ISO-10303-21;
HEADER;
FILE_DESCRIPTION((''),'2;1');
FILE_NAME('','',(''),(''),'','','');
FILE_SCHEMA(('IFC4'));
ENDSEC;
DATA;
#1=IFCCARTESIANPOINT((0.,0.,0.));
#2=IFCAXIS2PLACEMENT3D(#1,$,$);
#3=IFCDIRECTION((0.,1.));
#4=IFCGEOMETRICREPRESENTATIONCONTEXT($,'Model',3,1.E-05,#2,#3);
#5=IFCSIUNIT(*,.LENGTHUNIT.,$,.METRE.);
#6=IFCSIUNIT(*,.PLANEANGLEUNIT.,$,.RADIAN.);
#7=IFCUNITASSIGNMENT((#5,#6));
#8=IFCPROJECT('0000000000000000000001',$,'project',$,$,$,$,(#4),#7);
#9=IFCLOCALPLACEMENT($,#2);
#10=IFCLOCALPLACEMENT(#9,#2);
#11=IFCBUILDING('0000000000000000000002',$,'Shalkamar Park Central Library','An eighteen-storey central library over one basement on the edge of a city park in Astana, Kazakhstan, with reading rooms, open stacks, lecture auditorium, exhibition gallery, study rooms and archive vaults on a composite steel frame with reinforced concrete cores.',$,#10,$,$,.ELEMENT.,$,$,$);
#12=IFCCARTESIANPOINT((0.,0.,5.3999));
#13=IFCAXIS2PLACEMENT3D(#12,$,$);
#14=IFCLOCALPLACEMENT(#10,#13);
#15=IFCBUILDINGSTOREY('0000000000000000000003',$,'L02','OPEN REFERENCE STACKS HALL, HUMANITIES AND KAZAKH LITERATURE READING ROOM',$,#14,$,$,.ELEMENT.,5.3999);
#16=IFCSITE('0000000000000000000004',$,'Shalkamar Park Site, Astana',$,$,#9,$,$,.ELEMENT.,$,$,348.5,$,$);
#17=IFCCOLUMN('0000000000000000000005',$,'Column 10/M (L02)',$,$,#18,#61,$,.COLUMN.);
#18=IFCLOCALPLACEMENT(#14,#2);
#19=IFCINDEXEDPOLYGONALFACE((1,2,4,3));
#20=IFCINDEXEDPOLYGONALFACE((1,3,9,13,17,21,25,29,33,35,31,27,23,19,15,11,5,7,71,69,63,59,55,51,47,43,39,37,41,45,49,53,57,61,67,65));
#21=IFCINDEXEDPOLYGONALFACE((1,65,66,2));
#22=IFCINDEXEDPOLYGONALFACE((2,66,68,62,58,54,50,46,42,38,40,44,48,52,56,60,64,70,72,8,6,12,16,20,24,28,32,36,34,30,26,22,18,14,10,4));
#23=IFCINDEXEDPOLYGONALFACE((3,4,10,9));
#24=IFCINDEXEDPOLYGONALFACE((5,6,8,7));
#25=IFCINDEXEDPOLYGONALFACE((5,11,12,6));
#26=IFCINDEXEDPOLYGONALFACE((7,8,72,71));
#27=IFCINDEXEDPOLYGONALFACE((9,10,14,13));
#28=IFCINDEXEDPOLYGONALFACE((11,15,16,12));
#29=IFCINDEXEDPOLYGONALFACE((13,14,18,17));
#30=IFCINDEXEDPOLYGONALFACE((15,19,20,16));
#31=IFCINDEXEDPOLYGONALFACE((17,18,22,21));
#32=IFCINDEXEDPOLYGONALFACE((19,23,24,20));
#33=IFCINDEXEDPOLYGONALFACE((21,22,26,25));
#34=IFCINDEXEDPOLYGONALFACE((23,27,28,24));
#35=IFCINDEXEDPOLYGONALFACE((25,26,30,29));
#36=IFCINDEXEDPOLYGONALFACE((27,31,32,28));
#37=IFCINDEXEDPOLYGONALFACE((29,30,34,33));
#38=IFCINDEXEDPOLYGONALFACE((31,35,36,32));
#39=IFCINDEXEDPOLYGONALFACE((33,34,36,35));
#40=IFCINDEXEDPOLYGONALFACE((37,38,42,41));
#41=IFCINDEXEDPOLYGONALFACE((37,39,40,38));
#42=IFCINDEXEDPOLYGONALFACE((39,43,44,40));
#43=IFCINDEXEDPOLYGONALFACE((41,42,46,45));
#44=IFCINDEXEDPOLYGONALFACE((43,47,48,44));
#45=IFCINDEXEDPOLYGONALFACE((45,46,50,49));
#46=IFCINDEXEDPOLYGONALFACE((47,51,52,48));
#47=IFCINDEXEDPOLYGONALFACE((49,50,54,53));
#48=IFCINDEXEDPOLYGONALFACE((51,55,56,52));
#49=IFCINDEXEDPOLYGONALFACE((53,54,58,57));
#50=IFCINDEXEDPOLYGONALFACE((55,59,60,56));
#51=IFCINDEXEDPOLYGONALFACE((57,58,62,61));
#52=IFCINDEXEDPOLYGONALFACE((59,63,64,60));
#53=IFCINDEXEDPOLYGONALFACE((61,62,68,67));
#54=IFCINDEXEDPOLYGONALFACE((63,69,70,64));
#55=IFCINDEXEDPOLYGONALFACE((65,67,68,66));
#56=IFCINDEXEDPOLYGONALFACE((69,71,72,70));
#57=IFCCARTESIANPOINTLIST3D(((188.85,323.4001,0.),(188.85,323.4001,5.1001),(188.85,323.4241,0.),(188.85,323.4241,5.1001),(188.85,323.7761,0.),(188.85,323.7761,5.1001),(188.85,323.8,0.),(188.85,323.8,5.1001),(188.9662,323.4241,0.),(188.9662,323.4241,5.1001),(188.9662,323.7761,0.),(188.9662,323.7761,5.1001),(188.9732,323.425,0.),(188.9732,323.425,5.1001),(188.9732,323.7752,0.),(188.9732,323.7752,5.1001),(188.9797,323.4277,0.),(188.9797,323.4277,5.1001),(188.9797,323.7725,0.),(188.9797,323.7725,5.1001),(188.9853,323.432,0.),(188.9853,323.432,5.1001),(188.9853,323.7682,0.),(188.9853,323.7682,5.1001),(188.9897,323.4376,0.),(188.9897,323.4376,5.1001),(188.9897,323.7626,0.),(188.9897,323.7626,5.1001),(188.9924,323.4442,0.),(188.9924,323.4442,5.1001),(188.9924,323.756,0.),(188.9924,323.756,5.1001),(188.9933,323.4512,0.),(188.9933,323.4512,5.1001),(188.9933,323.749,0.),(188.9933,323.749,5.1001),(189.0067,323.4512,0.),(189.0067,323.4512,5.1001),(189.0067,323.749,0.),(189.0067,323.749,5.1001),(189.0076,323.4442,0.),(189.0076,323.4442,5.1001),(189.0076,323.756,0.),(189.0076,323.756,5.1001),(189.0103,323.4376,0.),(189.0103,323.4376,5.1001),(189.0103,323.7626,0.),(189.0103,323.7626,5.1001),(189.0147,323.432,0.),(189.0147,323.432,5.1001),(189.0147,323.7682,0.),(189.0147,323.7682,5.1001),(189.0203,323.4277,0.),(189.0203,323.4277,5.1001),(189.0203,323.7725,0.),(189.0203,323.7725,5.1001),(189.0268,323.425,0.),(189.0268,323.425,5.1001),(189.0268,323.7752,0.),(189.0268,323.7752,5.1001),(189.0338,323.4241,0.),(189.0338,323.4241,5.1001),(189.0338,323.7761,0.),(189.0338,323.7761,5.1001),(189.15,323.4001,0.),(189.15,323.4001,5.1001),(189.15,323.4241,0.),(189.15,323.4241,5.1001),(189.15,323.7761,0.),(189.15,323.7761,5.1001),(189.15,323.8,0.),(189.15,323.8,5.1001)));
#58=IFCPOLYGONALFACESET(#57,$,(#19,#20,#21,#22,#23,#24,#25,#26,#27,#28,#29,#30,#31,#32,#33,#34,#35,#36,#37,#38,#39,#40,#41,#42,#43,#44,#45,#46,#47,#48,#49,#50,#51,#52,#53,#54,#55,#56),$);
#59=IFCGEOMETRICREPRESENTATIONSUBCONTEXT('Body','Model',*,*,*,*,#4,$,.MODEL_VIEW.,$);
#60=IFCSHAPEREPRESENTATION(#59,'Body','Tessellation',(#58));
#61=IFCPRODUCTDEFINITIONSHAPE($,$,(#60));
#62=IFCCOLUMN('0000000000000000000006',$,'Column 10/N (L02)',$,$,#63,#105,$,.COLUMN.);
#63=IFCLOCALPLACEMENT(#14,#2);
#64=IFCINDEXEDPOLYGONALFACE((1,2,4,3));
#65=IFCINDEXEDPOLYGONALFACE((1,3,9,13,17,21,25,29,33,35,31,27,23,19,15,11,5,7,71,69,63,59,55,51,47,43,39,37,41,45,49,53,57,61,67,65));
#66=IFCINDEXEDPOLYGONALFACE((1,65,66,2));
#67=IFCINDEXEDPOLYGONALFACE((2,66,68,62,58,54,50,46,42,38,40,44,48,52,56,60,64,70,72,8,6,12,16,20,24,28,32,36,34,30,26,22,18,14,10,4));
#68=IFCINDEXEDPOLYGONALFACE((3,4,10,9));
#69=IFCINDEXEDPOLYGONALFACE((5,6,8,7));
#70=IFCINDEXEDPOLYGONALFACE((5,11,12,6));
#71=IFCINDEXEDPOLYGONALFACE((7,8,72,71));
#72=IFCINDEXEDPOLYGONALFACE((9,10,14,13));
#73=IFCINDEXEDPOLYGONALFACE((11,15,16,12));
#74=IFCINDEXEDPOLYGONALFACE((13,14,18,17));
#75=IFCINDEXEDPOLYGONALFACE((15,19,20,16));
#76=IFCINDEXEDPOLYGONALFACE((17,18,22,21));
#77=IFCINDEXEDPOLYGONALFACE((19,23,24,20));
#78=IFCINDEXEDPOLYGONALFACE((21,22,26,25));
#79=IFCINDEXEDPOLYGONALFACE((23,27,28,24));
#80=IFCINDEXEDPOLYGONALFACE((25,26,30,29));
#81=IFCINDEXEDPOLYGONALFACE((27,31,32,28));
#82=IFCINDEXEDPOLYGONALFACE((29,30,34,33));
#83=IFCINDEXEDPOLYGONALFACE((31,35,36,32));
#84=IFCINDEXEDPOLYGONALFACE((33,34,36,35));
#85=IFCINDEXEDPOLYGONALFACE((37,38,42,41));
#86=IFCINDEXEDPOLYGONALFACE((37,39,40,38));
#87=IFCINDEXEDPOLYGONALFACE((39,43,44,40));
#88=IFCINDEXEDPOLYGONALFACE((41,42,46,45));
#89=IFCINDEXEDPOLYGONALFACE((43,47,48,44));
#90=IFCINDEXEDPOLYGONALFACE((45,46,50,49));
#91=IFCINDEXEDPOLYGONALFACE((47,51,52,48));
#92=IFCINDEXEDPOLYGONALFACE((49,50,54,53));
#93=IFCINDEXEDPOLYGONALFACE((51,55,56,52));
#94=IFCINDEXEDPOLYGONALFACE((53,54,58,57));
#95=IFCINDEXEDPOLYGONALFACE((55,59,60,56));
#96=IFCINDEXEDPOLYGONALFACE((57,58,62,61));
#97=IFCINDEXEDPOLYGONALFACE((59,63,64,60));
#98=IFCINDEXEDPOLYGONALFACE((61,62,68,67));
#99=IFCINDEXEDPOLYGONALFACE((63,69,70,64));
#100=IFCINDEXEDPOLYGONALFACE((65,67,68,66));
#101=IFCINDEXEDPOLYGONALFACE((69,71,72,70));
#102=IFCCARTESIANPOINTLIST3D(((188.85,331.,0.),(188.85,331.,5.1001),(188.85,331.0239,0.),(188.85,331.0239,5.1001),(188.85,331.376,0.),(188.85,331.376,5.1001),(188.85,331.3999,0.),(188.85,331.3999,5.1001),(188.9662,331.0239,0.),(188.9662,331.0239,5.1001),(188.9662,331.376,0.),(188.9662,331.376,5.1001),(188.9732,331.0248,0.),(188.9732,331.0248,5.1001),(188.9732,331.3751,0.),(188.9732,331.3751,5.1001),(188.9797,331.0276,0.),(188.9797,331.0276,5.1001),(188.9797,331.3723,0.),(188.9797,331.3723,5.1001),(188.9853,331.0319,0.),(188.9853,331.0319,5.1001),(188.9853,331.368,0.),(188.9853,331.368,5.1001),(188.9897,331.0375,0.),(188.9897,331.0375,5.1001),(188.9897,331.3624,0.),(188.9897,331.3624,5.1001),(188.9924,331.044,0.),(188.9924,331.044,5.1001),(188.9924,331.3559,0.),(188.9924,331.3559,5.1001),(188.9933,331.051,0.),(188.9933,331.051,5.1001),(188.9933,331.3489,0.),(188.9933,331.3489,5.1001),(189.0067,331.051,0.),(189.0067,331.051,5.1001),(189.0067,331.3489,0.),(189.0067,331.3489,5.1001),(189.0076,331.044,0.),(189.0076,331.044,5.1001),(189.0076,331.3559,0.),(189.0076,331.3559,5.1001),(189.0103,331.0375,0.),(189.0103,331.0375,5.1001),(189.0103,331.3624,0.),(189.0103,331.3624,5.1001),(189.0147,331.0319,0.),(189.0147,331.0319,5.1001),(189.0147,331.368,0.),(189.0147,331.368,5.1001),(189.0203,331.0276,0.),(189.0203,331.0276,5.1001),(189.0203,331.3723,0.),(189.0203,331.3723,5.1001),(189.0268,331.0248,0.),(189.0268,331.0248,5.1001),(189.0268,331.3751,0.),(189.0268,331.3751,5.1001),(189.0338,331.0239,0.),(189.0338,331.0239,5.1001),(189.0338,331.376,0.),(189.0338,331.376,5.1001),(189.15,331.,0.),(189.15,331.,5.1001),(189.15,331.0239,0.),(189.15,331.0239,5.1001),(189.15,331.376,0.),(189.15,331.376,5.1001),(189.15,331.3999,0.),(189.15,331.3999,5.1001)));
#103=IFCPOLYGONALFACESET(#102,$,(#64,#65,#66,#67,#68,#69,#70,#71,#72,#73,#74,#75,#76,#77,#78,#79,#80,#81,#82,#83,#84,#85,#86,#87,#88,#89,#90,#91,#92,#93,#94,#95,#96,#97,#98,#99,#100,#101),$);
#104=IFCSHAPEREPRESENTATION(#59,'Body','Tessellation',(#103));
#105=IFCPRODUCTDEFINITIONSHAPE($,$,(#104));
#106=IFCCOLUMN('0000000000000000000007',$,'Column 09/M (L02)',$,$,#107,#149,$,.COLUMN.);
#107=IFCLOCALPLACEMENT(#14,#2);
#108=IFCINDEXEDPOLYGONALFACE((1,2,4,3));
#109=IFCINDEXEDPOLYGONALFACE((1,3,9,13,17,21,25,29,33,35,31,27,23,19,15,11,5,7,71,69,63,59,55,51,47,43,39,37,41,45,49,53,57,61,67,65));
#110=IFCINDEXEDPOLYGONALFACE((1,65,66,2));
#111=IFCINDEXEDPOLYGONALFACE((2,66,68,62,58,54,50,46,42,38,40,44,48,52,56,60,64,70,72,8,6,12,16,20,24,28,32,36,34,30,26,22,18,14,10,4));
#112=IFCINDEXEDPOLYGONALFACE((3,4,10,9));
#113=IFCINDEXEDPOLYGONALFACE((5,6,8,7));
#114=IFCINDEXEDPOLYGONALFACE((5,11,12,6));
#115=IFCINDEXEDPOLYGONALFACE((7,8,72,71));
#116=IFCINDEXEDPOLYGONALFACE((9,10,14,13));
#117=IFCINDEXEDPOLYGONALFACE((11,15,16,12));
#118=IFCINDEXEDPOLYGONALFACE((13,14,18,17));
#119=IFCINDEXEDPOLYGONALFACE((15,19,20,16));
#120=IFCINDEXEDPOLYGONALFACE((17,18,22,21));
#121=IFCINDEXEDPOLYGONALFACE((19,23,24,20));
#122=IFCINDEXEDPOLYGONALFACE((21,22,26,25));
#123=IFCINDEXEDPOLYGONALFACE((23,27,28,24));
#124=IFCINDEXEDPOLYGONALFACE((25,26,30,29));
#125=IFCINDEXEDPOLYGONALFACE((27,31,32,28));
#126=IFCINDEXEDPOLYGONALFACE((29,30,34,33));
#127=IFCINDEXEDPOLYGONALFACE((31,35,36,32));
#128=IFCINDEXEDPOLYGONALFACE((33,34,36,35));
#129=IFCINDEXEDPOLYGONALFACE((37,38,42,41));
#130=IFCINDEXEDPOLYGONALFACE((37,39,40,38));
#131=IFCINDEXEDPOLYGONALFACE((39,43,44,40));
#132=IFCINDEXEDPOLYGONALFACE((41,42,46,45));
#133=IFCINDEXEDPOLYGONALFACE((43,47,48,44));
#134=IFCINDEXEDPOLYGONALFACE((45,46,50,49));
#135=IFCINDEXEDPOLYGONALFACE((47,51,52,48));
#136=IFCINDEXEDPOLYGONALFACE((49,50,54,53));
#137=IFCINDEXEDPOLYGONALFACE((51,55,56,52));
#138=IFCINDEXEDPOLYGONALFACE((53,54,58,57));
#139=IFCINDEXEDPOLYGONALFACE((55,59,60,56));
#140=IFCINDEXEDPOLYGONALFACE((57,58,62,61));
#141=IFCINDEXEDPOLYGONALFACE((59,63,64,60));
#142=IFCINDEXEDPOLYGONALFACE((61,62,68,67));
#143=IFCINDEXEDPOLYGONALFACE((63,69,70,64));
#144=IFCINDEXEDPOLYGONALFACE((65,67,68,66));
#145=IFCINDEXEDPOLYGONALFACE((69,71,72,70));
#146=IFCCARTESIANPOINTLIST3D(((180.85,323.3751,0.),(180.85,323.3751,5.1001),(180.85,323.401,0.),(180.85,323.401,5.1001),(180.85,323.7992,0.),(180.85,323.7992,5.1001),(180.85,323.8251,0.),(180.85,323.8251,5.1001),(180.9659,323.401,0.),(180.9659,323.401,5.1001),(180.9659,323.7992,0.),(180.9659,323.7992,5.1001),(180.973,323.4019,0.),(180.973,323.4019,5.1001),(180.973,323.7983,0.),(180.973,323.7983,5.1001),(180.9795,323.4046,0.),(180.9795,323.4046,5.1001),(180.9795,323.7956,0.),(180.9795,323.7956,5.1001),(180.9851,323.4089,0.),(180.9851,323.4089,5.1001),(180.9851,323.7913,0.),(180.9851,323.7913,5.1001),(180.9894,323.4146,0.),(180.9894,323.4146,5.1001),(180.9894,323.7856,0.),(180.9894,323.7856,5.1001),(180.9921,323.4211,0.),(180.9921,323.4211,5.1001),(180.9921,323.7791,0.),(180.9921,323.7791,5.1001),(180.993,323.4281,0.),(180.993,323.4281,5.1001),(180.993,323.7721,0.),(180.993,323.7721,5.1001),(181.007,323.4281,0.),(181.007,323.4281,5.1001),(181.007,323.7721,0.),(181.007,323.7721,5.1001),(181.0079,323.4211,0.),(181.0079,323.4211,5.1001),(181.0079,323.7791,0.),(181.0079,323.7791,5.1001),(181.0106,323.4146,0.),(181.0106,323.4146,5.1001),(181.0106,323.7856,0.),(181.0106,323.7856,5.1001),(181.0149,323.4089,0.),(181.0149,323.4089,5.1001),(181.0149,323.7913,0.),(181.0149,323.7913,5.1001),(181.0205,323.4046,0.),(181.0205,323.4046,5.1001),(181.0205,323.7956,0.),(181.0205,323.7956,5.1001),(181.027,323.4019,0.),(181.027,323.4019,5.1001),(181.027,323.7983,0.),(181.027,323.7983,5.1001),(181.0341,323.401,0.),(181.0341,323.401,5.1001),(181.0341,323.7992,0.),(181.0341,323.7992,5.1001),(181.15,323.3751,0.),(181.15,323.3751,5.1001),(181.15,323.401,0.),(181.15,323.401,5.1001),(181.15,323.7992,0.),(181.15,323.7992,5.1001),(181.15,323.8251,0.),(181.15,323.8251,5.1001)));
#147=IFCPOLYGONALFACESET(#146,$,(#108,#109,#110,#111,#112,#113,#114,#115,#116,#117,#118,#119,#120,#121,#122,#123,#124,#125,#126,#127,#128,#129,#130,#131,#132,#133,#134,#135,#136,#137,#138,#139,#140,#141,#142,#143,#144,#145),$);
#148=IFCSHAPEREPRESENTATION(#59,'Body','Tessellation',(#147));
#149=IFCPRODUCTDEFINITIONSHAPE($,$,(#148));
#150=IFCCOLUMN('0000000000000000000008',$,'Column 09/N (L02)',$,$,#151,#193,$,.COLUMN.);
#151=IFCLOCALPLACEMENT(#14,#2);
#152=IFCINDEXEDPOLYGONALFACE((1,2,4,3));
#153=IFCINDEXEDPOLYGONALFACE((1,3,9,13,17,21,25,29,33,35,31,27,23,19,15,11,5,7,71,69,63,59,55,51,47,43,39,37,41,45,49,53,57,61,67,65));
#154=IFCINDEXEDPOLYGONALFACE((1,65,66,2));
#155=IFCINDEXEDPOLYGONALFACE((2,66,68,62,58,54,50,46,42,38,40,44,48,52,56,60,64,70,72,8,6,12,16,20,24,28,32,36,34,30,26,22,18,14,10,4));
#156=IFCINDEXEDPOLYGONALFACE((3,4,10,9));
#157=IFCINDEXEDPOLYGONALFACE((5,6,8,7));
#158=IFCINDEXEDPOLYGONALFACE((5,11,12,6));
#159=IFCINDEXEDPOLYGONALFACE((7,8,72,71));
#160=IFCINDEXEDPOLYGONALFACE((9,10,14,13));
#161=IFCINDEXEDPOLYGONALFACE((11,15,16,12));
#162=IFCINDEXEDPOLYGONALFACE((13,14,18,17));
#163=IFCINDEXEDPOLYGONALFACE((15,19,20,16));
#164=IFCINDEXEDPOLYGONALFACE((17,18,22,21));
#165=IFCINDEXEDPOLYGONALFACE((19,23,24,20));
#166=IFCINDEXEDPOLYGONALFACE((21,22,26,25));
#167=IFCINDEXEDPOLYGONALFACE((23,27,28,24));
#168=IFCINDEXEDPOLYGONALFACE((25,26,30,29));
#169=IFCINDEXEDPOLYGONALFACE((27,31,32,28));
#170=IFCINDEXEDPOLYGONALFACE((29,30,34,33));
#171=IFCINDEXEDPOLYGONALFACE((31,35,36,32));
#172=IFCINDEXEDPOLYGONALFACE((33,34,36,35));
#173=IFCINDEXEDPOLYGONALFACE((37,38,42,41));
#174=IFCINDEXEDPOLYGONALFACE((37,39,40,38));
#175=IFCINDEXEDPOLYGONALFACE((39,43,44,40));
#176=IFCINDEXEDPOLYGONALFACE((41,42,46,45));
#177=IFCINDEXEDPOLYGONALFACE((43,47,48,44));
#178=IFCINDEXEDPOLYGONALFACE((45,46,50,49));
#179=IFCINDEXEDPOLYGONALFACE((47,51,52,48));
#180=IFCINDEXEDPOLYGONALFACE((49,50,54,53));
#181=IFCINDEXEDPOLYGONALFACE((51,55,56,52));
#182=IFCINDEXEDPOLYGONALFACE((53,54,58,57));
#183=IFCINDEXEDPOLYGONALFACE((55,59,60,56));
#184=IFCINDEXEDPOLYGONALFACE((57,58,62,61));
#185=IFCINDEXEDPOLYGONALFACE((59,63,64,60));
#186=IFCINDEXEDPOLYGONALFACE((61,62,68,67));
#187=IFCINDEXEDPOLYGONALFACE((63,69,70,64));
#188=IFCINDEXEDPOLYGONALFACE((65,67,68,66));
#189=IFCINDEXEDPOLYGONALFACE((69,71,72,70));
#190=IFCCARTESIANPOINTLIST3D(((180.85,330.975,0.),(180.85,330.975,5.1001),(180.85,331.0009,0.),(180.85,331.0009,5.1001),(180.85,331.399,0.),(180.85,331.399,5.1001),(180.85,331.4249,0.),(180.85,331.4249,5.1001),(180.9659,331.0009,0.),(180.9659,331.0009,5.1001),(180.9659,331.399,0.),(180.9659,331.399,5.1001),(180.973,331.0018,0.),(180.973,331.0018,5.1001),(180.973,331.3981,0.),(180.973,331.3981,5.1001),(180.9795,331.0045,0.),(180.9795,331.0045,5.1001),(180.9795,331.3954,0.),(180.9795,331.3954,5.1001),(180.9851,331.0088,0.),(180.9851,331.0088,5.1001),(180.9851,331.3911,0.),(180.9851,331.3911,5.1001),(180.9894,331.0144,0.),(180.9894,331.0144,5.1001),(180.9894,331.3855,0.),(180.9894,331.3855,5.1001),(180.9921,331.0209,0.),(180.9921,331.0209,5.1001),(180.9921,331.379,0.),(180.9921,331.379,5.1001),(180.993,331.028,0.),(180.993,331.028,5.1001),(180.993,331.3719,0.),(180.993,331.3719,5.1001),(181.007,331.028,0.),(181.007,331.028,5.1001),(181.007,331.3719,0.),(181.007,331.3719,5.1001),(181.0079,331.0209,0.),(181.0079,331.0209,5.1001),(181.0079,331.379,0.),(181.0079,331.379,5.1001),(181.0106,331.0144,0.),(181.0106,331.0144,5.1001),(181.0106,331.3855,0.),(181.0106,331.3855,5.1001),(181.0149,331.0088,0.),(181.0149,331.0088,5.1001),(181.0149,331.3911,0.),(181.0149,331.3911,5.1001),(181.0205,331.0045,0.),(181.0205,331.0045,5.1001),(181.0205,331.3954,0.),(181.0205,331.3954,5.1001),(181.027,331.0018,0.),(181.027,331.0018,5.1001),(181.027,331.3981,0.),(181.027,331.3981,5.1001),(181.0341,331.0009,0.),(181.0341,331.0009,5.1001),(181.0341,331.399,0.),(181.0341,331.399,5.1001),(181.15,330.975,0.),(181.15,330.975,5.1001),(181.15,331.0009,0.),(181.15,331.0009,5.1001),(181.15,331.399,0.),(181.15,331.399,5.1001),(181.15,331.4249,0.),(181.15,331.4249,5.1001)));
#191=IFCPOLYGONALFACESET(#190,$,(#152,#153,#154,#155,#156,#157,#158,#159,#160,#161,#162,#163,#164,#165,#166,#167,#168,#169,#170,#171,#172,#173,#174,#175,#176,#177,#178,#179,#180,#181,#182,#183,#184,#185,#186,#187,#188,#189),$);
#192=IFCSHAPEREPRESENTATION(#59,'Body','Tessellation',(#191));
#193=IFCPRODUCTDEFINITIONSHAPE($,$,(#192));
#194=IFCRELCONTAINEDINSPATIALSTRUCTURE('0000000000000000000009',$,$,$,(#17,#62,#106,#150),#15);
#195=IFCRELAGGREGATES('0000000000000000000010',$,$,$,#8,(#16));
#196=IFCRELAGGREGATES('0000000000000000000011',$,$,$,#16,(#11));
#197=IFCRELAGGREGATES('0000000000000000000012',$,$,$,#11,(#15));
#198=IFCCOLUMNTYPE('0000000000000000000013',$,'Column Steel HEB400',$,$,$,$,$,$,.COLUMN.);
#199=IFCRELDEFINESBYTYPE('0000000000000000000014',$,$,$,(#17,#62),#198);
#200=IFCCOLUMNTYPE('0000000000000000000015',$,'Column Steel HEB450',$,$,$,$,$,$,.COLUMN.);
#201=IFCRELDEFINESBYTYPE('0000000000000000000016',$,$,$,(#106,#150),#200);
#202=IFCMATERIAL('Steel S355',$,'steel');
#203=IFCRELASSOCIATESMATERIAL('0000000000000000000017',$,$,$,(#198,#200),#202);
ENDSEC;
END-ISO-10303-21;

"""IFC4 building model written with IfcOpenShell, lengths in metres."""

from ifc_helpers import new_model, si_unit, direction, frame, origin, origin_2d, place, context, subcontext, project, spatial, i_section, extrude, material, material_profile, profile_set, type_object, element, save


model = new_model("IFC4")

# Units and contexts
model_context = context("Model", 3, precision=1e-05, world=origin(), true_north=direction((0.0, 1.0)))
body_context = subcontext(model_context, "Body", "Model", "MODEL_VIEW")
ifc_project = project(units=[si_unit("LENGTHUNIT", "METRE"), si_unit("PLANEANGLEUNIT", "RADIAN")], contexts=[model_context])

# Site, building, storey
site_placement = place(None, origin())
site = spatial("IfcSite", under=ifc_project, at=site_placement, Name="Shalkamar Park Site, Astana", CompositionType="ELEMENT", RefElevation=348.5)
building_placement = place(site_placement, origin())
building = spatial("IfcBuilding", under=site, at=building_placement, Name="Shalkamar Park Central Library", Description="An eighteen-storey central library over one basement on the edge of a city park in Astana, Kazakhstan, with reading rooms, open stacks, lecture auditorium, exhibition gallery, study rooms and archive vaults on a composite steel frame with reinforced concrete cores.", CompositionType="ELEMENT")
storey_placement = place(building_placement, frame((0.0, 0.0, 5.3999)))
storey = spatial("IfcBuildingStorey", under=building, at=storey_placement, Name="L02", Description="OPEN REFERENCE STACKS HALL, HUMANITIES AND KAZAKH LITERATURE READING ROOM", CompositionType="ELEMENT", Elevation=5.3999)

# Columns
ifc_material_1 = material(Name="Steel S355", Category="steel")
ifc_material_profile_1 = material_profile(ifc_material_1, i_section(OverallWidth=0.3, OverallDepth=0.3999, WebThickness=0.0134, FlangeThickness=0.0239, FilletRadius=0.0271, at=origin_2d()), Name="HEB 400")
ifc_profile_set_1 = profile_set([ifc_material_profile_1], Name="Steel S355")
column_type_1 = type_object("IfcColumnType", Name="Column Steel HEB400", PredefinedType="COLUMN", material=ifc_profile_set_1)
for number, where, z_axis, x_axis, name in (
    (1, (189.0, 323.6001, 0.0), (0.0, 0.0, 1.0), (1.0, 0.0, 0.0), "Column 10/M (L02)"),
    (2, (189.0, 331.2, 0.0), (0.0, 0.0, 1.0), (1.0, 0.0, 0.0), "Column 10/N (L02)"),
):
    element("IfcColumn", number, at=place(storey_placement, frame(where, z_axis=z_axis, x_axis=x_axis)), inside=storey, type_object=column_type_1, Name=name, PredefinedType="COLUMN", context=body_context, shape_type="SweptSolid", body=[
        extrude(i_section(OverallWidth=0.3, OverallDepth=0.3999, WebThickness=0.0134, FlangeThickness=0.0239, FilletRadius=0.0271, at=origin_2d()), origin(), (0.0, 0.0, 1.0), 5.1001),
    ])
ifc_material_profile_2 = material_profile(ifc_material_1, i_section(OverallWidth=0.3, OverallDepth=0.45, WebThickness=0.0139, FlangeThickness=0.0259, FilletRadius=0.0271, at=origin_2d()), Name="HEB 450")
ifc_profile_set_2 = profile_set([ifc_material_profile_2], Name="Steel S355")
column_type_2 = type_object("IfcColumnType", Name="Column Steel HEB450", PredefinedType="COLUMN", material=ifc_profile_set_2)
for number, where, z_axis, x_axis, name in (
    (3, (181.0, 323.6001, 0.0), (0.0, 0.0, 1.0), (1.0, 0.0, 0.0), "Column 09/M (L02)"),
    (4, (181.0, 331.2, 0.0), (0.0, 0.0, 1.0), (1.0, 0.0, 0.0), "Column 09/N (L02)"),
):
    element("IfcColumn", number, at=place(storey_placement, frame(where, z_axis=z_axis, x_axis=x_axis)), inside=storey, type_object=column_type_2, Name=name, PredefinedType="COLUMN", context=body_context, shape_type="SweptSolid", body=[
        extrude(i_section(OverallWidth=0.3, OverallDepth=0.45, WebThickness=0.0139, FlangeThickness=0.0259, FilletRadius=0.0271, at=origin_2d()), origin(), (0.0, 0.0, 1.0), 5.1001),
    ])

save(model, "model.ifc")
